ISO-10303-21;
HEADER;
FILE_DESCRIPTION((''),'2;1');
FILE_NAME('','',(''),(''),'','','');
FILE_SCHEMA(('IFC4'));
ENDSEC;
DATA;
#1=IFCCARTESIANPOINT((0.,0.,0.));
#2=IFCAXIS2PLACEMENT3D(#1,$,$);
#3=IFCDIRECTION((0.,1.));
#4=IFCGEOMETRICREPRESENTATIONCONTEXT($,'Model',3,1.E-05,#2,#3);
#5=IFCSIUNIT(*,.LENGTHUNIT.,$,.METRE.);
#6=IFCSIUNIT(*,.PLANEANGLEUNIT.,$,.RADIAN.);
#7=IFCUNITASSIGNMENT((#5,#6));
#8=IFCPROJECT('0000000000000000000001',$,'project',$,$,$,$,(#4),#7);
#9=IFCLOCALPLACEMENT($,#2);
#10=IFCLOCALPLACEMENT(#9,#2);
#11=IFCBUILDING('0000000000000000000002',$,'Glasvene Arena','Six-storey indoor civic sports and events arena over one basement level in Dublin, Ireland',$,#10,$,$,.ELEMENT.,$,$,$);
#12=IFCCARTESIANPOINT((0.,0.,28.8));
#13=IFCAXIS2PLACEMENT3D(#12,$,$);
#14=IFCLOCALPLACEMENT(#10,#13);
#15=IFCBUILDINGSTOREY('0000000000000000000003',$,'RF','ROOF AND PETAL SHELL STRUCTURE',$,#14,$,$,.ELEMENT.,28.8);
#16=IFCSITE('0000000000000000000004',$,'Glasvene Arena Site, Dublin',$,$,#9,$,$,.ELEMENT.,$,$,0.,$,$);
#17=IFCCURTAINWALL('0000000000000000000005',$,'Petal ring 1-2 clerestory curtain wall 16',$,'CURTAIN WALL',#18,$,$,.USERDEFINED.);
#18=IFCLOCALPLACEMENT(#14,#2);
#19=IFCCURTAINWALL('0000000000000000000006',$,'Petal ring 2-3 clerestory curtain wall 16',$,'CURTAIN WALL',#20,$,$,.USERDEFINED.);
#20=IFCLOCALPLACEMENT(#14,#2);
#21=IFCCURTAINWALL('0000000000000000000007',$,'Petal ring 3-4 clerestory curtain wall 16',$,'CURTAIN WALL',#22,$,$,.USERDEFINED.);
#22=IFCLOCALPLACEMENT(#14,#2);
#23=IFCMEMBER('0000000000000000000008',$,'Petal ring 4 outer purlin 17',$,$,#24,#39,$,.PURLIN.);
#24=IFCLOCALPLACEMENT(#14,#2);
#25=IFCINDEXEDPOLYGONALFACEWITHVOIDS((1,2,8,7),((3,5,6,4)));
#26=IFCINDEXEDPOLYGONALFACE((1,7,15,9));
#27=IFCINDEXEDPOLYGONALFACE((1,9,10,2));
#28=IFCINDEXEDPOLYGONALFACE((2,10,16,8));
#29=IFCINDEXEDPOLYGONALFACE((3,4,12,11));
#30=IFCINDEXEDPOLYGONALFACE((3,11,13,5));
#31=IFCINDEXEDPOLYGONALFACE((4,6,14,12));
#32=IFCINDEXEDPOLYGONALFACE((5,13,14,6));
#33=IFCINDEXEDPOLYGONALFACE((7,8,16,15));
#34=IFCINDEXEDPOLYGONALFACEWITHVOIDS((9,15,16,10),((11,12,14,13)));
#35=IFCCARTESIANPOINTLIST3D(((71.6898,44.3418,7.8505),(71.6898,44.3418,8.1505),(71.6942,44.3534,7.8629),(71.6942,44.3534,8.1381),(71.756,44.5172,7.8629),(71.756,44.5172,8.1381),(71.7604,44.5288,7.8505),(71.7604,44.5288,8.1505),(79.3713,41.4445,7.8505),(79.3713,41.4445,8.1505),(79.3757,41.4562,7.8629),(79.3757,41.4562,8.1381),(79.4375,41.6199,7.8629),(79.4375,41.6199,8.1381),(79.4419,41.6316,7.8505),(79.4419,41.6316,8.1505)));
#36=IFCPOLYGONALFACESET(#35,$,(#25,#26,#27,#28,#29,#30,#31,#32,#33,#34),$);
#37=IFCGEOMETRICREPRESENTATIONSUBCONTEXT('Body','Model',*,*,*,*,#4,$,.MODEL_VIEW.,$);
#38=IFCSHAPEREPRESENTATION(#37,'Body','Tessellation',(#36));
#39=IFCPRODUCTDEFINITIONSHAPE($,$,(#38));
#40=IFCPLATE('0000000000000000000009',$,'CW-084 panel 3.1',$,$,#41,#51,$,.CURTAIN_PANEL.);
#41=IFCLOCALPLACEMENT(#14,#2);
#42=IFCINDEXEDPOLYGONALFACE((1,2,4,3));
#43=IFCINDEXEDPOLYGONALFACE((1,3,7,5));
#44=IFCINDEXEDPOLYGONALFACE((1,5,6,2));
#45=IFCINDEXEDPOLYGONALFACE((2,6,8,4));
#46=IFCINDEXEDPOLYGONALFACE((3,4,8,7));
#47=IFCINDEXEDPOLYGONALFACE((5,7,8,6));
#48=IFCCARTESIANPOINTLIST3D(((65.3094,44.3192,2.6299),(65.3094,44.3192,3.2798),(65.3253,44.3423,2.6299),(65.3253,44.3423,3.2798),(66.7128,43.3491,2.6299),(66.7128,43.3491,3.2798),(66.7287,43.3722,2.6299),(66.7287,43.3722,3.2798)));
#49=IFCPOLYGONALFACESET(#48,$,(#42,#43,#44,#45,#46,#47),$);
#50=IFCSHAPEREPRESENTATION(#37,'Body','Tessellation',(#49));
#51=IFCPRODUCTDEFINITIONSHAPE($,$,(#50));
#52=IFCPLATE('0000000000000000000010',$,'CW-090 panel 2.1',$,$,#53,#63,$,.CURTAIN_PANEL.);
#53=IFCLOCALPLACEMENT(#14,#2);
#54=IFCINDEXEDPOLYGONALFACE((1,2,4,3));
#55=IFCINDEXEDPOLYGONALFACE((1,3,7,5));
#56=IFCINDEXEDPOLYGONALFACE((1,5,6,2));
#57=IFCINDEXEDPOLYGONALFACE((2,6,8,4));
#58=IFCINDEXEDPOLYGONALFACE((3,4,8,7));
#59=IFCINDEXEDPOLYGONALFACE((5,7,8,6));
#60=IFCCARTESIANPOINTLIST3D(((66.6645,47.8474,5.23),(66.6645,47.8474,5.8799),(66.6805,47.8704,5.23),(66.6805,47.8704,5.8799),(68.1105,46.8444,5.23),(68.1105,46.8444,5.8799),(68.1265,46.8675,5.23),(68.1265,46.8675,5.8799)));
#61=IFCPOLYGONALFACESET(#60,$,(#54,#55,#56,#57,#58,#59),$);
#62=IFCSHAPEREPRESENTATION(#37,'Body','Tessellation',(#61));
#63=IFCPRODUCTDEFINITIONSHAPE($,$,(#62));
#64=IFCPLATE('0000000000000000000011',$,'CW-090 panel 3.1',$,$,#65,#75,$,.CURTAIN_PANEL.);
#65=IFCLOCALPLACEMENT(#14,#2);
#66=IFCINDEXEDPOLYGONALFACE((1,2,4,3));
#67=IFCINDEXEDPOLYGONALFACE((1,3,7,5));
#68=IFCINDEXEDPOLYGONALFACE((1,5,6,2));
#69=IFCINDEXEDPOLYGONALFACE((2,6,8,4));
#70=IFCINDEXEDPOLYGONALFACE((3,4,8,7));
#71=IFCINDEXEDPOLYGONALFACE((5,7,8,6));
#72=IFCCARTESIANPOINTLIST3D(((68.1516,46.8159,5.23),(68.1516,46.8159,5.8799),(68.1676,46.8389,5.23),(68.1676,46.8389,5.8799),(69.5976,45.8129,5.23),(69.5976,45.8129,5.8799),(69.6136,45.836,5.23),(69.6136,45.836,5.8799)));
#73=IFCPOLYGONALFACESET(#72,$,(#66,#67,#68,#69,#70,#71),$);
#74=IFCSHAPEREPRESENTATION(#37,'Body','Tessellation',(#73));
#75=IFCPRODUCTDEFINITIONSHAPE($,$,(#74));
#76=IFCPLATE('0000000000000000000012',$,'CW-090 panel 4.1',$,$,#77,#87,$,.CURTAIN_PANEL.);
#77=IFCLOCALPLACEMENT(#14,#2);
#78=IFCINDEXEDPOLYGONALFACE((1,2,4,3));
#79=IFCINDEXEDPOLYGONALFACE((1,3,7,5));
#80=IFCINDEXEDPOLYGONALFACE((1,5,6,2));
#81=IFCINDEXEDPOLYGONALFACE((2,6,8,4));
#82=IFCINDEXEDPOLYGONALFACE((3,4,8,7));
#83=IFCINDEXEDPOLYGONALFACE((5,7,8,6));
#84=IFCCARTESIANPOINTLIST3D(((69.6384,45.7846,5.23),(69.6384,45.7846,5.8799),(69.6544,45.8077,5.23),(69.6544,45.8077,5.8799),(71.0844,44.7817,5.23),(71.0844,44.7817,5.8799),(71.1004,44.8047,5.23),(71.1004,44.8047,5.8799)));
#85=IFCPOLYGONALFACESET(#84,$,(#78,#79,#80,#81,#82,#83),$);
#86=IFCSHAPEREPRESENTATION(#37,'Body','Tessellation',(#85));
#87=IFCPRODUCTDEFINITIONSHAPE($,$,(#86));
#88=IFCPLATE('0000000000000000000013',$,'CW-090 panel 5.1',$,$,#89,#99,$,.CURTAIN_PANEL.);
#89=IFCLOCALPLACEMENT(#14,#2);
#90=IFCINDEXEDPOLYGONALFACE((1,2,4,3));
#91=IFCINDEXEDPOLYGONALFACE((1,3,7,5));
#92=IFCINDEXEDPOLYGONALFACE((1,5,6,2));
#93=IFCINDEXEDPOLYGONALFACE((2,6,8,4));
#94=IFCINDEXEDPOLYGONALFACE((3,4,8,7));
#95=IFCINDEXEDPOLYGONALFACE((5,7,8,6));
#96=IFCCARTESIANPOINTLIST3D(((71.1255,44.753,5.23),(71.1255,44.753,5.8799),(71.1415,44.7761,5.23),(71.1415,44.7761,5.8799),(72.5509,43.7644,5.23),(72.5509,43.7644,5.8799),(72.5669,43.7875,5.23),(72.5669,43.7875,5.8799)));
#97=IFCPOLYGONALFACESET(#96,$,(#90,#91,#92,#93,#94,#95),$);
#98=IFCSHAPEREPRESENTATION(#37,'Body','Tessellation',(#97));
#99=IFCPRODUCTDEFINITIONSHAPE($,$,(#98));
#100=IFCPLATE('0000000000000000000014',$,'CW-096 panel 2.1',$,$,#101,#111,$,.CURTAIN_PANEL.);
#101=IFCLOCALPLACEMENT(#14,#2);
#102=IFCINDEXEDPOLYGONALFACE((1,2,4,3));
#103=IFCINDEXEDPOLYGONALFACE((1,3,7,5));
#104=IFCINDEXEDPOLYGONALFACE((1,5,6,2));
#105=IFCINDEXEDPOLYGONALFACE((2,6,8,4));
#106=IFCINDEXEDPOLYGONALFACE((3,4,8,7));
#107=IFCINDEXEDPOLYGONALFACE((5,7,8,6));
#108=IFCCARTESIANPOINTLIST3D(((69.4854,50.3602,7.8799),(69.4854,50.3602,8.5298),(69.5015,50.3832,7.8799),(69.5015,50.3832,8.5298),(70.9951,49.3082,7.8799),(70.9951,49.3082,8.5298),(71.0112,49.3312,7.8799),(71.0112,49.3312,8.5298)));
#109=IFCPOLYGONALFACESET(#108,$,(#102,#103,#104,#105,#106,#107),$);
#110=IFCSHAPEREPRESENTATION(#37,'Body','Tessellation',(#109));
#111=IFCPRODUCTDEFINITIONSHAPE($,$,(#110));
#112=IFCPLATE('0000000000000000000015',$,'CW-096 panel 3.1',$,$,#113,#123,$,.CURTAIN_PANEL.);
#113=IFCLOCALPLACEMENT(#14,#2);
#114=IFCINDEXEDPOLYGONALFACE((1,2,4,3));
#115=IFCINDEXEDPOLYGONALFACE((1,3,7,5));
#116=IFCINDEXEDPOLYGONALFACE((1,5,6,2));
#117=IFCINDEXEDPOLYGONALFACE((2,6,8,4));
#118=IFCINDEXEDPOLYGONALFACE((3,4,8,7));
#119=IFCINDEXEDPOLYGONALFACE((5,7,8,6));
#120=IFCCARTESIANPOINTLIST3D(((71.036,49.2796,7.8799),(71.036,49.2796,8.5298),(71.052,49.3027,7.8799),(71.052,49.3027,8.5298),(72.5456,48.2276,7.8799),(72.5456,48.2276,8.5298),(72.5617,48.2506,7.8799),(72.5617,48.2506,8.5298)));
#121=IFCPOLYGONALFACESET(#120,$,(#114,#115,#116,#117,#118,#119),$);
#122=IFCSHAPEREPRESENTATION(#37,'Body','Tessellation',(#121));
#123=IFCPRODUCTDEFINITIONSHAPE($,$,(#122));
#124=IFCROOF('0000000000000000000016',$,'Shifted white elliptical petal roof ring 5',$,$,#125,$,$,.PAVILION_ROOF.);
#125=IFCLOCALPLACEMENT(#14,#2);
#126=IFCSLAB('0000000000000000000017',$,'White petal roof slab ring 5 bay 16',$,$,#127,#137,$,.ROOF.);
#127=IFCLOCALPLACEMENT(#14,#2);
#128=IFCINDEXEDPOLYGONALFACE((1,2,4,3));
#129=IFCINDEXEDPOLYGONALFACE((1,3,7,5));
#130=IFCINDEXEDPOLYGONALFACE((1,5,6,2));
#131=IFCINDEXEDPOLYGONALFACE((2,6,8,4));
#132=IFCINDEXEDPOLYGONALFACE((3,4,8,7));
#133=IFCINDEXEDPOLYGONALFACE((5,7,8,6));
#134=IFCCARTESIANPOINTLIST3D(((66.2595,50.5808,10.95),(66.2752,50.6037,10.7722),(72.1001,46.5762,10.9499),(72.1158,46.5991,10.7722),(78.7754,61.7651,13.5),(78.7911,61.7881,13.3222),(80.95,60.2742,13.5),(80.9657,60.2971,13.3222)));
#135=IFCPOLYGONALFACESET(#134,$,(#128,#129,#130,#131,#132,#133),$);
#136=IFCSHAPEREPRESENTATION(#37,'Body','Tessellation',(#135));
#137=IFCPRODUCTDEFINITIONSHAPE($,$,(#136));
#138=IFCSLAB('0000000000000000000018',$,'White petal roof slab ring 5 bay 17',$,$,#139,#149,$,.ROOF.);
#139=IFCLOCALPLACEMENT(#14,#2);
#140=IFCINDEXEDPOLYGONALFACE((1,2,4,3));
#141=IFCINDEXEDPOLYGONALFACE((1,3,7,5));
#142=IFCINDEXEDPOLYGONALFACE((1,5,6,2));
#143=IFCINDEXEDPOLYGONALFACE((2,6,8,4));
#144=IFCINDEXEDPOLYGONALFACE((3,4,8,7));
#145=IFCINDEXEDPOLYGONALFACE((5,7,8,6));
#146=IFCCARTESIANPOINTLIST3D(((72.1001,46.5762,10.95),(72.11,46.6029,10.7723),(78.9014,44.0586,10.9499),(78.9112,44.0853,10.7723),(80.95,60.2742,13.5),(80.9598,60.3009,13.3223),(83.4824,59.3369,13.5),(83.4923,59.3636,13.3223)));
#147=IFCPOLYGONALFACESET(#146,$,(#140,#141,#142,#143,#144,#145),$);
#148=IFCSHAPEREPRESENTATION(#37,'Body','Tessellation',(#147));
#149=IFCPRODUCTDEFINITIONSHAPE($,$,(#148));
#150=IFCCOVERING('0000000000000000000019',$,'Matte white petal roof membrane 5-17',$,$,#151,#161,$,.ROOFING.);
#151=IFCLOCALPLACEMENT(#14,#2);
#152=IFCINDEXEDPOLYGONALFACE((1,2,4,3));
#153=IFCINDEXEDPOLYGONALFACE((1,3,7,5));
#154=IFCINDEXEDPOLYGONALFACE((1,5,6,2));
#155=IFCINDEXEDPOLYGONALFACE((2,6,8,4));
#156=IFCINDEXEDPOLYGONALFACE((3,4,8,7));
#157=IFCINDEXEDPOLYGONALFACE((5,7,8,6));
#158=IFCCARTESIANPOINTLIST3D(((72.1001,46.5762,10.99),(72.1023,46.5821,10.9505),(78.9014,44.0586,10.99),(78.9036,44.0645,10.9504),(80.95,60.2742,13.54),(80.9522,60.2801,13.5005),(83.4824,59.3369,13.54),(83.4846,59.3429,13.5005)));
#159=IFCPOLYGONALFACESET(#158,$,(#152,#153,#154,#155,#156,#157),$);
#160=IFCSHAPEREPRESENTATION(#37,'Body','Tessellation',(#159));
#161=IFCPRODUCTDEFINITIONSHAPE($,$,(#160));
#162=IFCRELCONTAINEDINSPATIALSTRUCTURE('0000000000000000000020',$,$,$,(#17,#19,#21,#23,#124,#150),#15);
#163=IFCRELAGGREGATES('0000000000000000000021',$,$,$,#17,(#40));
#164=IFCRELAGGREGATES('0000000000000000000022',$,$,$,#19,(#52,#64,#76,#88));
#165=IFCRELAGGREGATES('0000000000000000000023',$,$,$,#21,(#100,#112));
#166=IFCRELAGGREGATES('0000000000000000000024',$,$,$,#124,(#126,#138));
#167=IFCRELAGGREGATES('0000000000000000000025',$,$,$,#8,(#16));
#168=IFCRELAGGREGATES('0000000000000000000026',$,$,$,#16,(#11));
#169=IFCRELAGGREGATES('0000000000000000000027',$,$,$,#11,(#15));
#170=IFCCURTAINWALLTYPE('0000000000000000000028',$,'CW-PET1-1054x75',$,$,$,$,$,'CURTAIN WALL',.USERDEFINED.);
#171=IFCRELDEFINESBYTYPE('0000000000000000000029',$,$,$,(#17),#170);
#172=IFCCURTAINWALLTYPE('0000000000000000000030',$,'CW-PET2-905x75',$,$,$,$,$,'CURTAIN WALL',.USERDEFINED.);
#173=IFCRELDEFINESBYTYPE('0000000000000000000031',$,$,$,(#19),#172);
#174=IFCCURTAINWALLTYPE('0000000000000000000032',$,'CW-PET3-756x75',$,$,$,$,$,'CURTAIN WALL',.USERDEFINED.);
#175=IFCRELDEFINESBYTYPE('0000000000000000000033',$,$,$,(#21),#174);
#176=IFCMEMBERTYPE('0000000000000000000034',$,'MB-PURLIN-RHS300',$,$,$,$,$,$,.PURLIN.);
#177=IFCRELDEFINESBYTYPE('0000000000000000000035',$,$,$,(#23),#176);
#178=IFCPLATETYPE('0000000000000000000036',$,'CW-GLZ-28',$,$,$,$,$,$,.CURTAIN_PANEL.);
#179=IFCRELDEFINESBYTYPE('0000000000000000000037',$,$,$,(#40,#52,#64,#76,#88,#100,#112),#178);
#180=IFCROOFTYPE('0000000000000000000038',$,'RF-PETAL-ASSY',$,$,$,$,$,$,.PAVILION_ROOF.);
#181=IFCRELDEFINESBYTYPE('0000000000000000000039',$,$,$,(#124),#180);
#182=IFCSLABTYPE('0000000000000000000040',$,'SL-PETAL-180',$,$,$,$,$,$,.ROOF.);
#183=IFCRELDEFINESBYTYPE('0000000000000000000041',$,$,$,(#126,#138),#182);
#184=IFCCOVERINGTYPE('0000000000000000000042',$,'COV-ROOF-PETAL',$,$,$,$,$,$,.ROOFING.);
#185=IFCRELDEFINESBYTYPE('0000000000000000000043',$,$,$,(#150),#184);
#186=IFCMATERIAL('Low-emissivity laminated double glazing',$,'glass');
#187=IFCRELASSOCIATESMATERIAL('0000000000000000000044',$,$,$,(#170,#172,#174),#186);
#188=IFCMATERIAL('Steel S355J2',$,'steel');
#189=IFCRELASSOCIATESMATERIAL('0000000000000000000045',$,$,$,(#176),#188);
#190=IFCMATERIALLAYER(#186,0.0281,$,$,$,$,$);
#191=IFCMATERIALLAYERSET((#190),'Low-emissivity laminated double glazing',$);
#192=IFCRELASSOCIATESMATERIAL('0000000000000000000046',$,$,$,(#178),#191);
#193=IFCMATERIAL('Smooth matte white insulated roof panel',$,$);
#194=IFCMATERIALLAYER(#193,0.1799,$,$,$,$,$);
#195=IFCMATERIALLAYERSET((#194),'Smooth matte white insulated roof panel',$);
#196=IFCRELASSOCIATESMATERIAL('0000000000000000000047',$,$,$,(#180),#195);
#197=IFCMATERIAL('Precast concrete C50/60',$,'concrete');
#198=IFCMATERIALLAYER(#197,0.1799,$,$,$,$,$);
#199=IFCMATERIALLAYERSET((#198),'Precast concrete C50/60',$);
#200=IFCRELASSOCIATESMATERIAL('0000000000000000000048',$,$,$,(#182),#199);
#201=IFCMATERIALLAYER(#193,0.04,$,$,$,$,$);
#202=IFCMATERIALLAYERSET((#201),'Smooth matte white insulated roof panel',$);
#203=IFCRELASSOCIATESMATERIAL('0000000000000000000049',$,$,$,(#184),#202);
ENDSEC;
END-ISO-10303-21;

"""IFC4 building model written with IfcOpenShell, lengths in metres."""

from ifc_helpers import new_model, si_unit, direction, frame, origin, origin_2d, place, context, subcontext, project, spatial, polyline, rectangle, hollow_rectangle, outline, extrude, material, layer, layer_set, material_profile, profile_set, type_object, element, aggregate, save


model = new_model("IFC4")

# Units and contexts
model_context = context("Model", 3, precision=1e-05, world=origin(), true_north=direction((0.0, 1.0)))
body_context = subcontext(model_context, "Body", "Model", "MODEL_VIEW")
ifc_project = project(units=[si_unit("LENGTHUNIT", "METRE"), si_unit("PLANEANGLEUNIT", "RADIAN")], contexts=[model_context])

# Site, building, storey
site_placement = place(None, origin())
site = spatial("IfcSite", under=ifc_project, at=site_placement, Name="Glasvene Arena Site, Dublin", CompositionType="ELEMENT", RefElevation=0.0)
building_placement = place(site_placement, origin())
building = spatial("IfcBuilding", under=site, at=building_placement, Name="Glasvene Arena", Description="Six-storey indoor civic sports and events arena over one basement level in Dublin, Ireland", CompositionType="ELEMENT")
storey_placement = place(building_placement, frame((0.0, 0.0, 28.8)))
storey = spatial("IfcBuildingStorey", under=building, at=storey_placement, Name="RF", Description="ROOF AND PETAL SHELL STRUCTURE", CompositionType="ELEMENT", Elevation=28.8)

# Curtain wall
ifc_material_1 = material(Name="Low-emissivity laminated double glazing", Category="glass")
curtain_wall_type_1 = type_object("IfcCurtainWallType", Name="CW-PET1-1054x75", ElementType="CURTAIN WALL", PredefinedType="USERDEFINED", material=ifc_material_1)
curtain_wall_1_placement = place(storey_placement, frame((62.4077, 46.342, 0.0)))
curtain_wall_1 = element("IfcCurtainWall", 1, at=curtain_wall_1_placement, inside=storey, type_object=curtain_wall_type_1, Name="Petal ring 1-2 clerestory curtain wall 16", ObjectType="CURTAIN WALL", PredefinedType="USERDEFINED")

# Curtain walls
curtain_wall_type_2 = type_object("IfcCurtainWallType", Name="CW-PET2-905x75", ElementType="CURTAIN WALL", PredefinedType="USERDEFINED", material=ifc_material_1)
curtain_wall_2_placement = place(storey_placement, frame((65.1648, 48.9043, 0.0)))
curtain_wall_2 = element("IfcCurtainWall", 2, at=curtain_wall_2_placement, inside=storey, type_object=curtain_wall_type_2, Name="Petal ring 2-3 clerestory curtain wall 16", ObjectType="CURTAIN WALL", PredefinedType="USERDEFINED")
curtain_wall_type_3 = type_object("IfcCurtainWallType", Name="CW-PET3-756x75", ElementType="CURTAIN WALL", PredefinedType="USERDEFINED", material=ifc_material_1)
curtain_wall_3_placement = place(storey_placement, frame((67.9221, 51.4668, 0.0)))
curtain_wall_3 = element("IfcCurtainWall", 3, at=curtain_wall_3_placement, inside=storey, type_object=curtain_wall_type_3, Name="Petal ring 3-4 clerestory curtain wall 16", ObjectType="CURTAIN WALL", PredefinedType="USERDEFINED")

# Member
ifc_material_2 = material(Name="Steel S355J2", Category="steel")
ifc_material_profile_1 = material_profile(ifc_material_2, hollow_rectangle(XDim=0.2, YDim=0.3, WallThickness=0.0125, at=origin_2d()), Name="RHS 300x200x12.5")
ifc_profile_set_1 = profile_set([ifc_material_profile_1], Name="Steel S355J2")
member_type_1 = type_object("IfcMemberType", Name="MB-PURLIN-RHS300", PredefinedType="PURLIN", material=ifc_profile_set_1)
member_1_placement = place(storey_placement, frame((71.7251, 44.4353, 8.0005), z_axis=(0.935659, -0.352905, 0.0), x_axis=(0.352905, 0.935659, 0.0)))
element("IfcMember", 4, at=member_1_placement, inside=storey, type_object=member_type_1, Name="Petal ring 4 outer purlin 17", PredefinedType="PURLIN", context=body_context, shape_type="SweptSolid", body=[
    extrude(hollow_rectangle(XDim=0.2, YDim=0.3, WallThickness=0.0125, at=origin_2d()), origin(), (0.0, 0.0, 1.0), 8.2097),
])

# Plates
ifc_layer_1 = layer(ifc_material_1, 0.0281)
ifc_layer_set_1 = layer_set([ifc_layer_1], Name="Low-emissivity laminated double glazing")
plate_type = type_object("IfcPlateType", Name="CW-GLZ-28", PredefinedType="CURTAIN_PANEL", material=ifc_layer_set_1)
plate_1_placement = place(storey_placement, frame((66.019, 43.8457, 2.6299), z_axis=(0.0, 0.0, 1.0), x_axis=(0.822601, -0.568619, 0.0)))
plate_1 = element("IfcPlate", 5, at=plate_1_placement, type_object=plate_type, Name="CW-084 panel 3.1", PredefinedType="CURTAIN_PANEL", context=body_context, shape_type="SweptSolid", body=[
    extrude(rectangle(XDim=1.7061, YDim=0.0281, at=origin_2d()), origin(), (0.0, 0.0, 1.0), 0.6499),
])
aggregate(curtain_wall_1, [plate_1])
plate_2_placement = place(storey_placement, frame((67.3955, 47.3574, 5.23), z_axis=(0.0, 0.0, 1.0), x_axis=(0.821699, -0.569921, 0.0)))
plate_2 = element("IfcPlate", 6, at=plate_2_placement, type_object=plate_type, Name="CW-090 panel 2.1", PredefinedType="CURTAIN_PANEL", context=body_context, shape_type="SweptSolid", body=[
    extrude(rectangle(XDim=1.7598, YDim=0.0281, at=origin_2d()), origin(), (0.0, 0.0, 1.0), 0.6499),
])
plate_3_placement = place(storey_placement, frame((68.8826, 46.3259, 5.23), z_axis=(0.0, 0.0, 1.0), x_axis=(0.821699, -0.569921, 0.0)))
plate_3 = element("IfcPlate", 7, at=plate_3_placement, type_object=plate_type, Name="CW-090 panel 3.1", PredefinedType="CURTAIN_PANEL", context=body_context, shape_type="SweptSolid", body=[
    extrude(rectangle(XDim=1.7598, YDim=0.0281, at=origin_2d()), origin(), (0.0, 0.0, 1.0), 0.6499),
])
plate_4_placement = place(storey_placement, frame((70.3694, 45.2947, 5.23), z_axis=(0.0, 0.0, 1.0), x_axis=(0.821699, -0.569921, 0.0)))
plate_4 = element("IfcPlate", 8, at=plate_4_placement, type_object=plate_type, Name="CW-090 panel 4.1", PredefinedType="CURTAIN_PANEL", context=body_context, shape_type="SweptSolid", body=[
    extrude(rectangle(XDim=1.7598, YDim=0.0281, at=origin_2d()), origin(), (0.0, 0.0, 1.0), 0.6499),
])
plate_5_placement = place(storey_placement, frame((71.8462, 44.2703, 5.23), z_axis=(0.0, 0.0, 1.0), x_axis=(0.821699, -0.569921, 0.0)))
plate_5 = element("IfcPlate", 9, at=plate_5_placement, type_object=plate_type, Name="CW-090 panel 5.1", PredefinedType="CURTAIN_PANEL", context=body_context, shape_type="SweptSolid", body=[
    extrude(rectangle(XDim=1.7346, YDim=0.0281, at=origin_2d()), origin(), (0.0, 0.0, 1.0), 0.6499),
])
aggregate(curtain_wall_2, [plate_2, plate_3, plate_4, plate_5])
plate_6_placement = place(storey_placement, frame((70.2483, 49.8457, 7.8799), z_axis=(0.0, 0.0, 1.0), x_axis=(0.820433, -0.571742, 0.0)))
plate_6 = element("IfcPlate", 10, at=plate_6_placement, type_object=plate_type, Name="CW-096 panel 2.1", PredefinedType="CURTAIN_PANEL", context=body_context, shape_type="SweptSolid", body=[
    extrude(rectangle(XDim=1.8401, YDim=0.0281, at=origin_2d()), origin(), (0.0, 0.0, 1.0), 0.6499),
])
plate_7_placement = place(storey_placement, frame((71.7988, 48.7651, 7.8799), z_axis=(0.0, 0.0, 1.0), x_axis=(0.820433, -0.571742, 0.0)))
plate_7 = element("IfcPlate", 11, at=plate_7_placement, type_object=plate_type, Name="CW-096 panel 3.1", PredefinedType="CURTAIN_PANEL", context=body_context, shape_type="SweptSolid", body=[
    extrude(rectangle(XDim=1.8401, YDim=0.0281, at=origin_2d()), origin(), (0.0, 0.0, 1.0), 0.6499),
])
aggregate(curtain_wall_3, [plate_6, plate_7])

# Roof, slabs
ifc_material_3 = material(Name="Smooth matte white insulated roof panel")
ifc_layer_2 = layer(ifc_material_3, 0.1799)
ifc_layer_set_2 = layer_set([ifc_layer_2], Name="Smooth matte white insulated roof panel")
roof_type = type_object("IfcRoofType", Name="RF-PETAL-ASSY", PredefinedType="PAVILION_ROOF", material=ifc_layer_set_2)
roof_placement = place(storey_placement, frame((86.2, 68.3999, 10.95)))
roof = element("IfcRoof", 12, at=roof_placement, inside=storey, type_object=roof_type, Name="Shifted white elliptical petal roof ring 5", PredefinedType="PAVILION_ROOF")
ifc_material_4 = material(Name="Precast concrete C50/60", Category="concrete")
ifc_layer_3 = layer(ifc_material_4, 0.1799)
ifc_layer_set_3 = layer_set([ifc_layer_3], Name="Precast concrete C50/60")
slab_type = type_object("IfcSlabType", Name="SL-PETAL-180", PredefinedType="ROOF", material=ifc_layer_set_3)
slab_1_placement = place(storey_placement, frame((66.2595, 50.5808, 10.95), z_axis=(-0.087395, -0.127463, 0.987986), x_axis=(0.82475, -0.565497, 0.0)))
slab_1 = element("IfcSlab", 13, at=slab_1_placement, type_object=slab_type, Name="White petal roof slab ring 5 bay 16", PredefinedType="ROOF", context=body_context, shape_type="SweptSolid", body=[
    extrude(outline(polyline([(0.0, 0.0), (7.0816, 0.0), (6.6344, 16.5002), (3.9978, 16.5002), (0.0, 0.0)])), origin(), (0.0, 0.0, -1.0), 0.1799),
])
slab_2_placement = place(storey_placement, frame((72.1001, 46.5762, 10.95), z_axis=(-0.054908, -0.148343, 0.987411), x_axis=(0.937812, -0.347143, -0.000003)))
slab_2 = element("IfcSlab", 14, at=slab_2_placement, type_object=slab_type, Name="White petal roof slab ring 5 bay 17", PredefinedType="ROOF", context=body_context, shape_type="SweptSolid", body=[
    extrude(outline(polyline([(0.0, 0.0), (7.2523, 0.0), (6.2447, 16.1214), (3.5443, 16.1213), (0.0, 0.0)])), origin(), (0.0, 0.0, -1.0), 0.1799),
])
aggregate(roof, [slab_1, slab_2])

# Covering
ifc_layer_4 = layer(ifc_material_3, 0.04)
ifc_layer_set_4 = layer_set([ifc_layer_4], Name="Smooth matte white insulated roof panel")
covering_type = type_object("IfcCoveringType", Name="COV-ROOF-PETAL", PredefinedType="ROOFING", material=ifc_layer_set_4)
covering_placement = place(storey_placement, frame((72.1001, 46.5762, 10.99), z_axis=(-0.054908, -0.148343, 0.987411), x_axis=(0.937812, -0.347143, -0.000003)))
element("IfcCovering", 15, at=covering_placement, inside=storey, type_object=covering_type, Name="Matte white petal roof membrane 5-17", PredefinedType="ROOFING", context=body_context, shape_type="SweptSolid", body=[
    extrude(outline(polyline([(0.0, 0.0), (7.2523, 0.0), (6.2447, 16.1214), (3.5443, 16.1213), (0.0, 0.0)])), origin(), (0.0, 0.0, -1.0), 0.04),
])

save(model, "model.ifc")
